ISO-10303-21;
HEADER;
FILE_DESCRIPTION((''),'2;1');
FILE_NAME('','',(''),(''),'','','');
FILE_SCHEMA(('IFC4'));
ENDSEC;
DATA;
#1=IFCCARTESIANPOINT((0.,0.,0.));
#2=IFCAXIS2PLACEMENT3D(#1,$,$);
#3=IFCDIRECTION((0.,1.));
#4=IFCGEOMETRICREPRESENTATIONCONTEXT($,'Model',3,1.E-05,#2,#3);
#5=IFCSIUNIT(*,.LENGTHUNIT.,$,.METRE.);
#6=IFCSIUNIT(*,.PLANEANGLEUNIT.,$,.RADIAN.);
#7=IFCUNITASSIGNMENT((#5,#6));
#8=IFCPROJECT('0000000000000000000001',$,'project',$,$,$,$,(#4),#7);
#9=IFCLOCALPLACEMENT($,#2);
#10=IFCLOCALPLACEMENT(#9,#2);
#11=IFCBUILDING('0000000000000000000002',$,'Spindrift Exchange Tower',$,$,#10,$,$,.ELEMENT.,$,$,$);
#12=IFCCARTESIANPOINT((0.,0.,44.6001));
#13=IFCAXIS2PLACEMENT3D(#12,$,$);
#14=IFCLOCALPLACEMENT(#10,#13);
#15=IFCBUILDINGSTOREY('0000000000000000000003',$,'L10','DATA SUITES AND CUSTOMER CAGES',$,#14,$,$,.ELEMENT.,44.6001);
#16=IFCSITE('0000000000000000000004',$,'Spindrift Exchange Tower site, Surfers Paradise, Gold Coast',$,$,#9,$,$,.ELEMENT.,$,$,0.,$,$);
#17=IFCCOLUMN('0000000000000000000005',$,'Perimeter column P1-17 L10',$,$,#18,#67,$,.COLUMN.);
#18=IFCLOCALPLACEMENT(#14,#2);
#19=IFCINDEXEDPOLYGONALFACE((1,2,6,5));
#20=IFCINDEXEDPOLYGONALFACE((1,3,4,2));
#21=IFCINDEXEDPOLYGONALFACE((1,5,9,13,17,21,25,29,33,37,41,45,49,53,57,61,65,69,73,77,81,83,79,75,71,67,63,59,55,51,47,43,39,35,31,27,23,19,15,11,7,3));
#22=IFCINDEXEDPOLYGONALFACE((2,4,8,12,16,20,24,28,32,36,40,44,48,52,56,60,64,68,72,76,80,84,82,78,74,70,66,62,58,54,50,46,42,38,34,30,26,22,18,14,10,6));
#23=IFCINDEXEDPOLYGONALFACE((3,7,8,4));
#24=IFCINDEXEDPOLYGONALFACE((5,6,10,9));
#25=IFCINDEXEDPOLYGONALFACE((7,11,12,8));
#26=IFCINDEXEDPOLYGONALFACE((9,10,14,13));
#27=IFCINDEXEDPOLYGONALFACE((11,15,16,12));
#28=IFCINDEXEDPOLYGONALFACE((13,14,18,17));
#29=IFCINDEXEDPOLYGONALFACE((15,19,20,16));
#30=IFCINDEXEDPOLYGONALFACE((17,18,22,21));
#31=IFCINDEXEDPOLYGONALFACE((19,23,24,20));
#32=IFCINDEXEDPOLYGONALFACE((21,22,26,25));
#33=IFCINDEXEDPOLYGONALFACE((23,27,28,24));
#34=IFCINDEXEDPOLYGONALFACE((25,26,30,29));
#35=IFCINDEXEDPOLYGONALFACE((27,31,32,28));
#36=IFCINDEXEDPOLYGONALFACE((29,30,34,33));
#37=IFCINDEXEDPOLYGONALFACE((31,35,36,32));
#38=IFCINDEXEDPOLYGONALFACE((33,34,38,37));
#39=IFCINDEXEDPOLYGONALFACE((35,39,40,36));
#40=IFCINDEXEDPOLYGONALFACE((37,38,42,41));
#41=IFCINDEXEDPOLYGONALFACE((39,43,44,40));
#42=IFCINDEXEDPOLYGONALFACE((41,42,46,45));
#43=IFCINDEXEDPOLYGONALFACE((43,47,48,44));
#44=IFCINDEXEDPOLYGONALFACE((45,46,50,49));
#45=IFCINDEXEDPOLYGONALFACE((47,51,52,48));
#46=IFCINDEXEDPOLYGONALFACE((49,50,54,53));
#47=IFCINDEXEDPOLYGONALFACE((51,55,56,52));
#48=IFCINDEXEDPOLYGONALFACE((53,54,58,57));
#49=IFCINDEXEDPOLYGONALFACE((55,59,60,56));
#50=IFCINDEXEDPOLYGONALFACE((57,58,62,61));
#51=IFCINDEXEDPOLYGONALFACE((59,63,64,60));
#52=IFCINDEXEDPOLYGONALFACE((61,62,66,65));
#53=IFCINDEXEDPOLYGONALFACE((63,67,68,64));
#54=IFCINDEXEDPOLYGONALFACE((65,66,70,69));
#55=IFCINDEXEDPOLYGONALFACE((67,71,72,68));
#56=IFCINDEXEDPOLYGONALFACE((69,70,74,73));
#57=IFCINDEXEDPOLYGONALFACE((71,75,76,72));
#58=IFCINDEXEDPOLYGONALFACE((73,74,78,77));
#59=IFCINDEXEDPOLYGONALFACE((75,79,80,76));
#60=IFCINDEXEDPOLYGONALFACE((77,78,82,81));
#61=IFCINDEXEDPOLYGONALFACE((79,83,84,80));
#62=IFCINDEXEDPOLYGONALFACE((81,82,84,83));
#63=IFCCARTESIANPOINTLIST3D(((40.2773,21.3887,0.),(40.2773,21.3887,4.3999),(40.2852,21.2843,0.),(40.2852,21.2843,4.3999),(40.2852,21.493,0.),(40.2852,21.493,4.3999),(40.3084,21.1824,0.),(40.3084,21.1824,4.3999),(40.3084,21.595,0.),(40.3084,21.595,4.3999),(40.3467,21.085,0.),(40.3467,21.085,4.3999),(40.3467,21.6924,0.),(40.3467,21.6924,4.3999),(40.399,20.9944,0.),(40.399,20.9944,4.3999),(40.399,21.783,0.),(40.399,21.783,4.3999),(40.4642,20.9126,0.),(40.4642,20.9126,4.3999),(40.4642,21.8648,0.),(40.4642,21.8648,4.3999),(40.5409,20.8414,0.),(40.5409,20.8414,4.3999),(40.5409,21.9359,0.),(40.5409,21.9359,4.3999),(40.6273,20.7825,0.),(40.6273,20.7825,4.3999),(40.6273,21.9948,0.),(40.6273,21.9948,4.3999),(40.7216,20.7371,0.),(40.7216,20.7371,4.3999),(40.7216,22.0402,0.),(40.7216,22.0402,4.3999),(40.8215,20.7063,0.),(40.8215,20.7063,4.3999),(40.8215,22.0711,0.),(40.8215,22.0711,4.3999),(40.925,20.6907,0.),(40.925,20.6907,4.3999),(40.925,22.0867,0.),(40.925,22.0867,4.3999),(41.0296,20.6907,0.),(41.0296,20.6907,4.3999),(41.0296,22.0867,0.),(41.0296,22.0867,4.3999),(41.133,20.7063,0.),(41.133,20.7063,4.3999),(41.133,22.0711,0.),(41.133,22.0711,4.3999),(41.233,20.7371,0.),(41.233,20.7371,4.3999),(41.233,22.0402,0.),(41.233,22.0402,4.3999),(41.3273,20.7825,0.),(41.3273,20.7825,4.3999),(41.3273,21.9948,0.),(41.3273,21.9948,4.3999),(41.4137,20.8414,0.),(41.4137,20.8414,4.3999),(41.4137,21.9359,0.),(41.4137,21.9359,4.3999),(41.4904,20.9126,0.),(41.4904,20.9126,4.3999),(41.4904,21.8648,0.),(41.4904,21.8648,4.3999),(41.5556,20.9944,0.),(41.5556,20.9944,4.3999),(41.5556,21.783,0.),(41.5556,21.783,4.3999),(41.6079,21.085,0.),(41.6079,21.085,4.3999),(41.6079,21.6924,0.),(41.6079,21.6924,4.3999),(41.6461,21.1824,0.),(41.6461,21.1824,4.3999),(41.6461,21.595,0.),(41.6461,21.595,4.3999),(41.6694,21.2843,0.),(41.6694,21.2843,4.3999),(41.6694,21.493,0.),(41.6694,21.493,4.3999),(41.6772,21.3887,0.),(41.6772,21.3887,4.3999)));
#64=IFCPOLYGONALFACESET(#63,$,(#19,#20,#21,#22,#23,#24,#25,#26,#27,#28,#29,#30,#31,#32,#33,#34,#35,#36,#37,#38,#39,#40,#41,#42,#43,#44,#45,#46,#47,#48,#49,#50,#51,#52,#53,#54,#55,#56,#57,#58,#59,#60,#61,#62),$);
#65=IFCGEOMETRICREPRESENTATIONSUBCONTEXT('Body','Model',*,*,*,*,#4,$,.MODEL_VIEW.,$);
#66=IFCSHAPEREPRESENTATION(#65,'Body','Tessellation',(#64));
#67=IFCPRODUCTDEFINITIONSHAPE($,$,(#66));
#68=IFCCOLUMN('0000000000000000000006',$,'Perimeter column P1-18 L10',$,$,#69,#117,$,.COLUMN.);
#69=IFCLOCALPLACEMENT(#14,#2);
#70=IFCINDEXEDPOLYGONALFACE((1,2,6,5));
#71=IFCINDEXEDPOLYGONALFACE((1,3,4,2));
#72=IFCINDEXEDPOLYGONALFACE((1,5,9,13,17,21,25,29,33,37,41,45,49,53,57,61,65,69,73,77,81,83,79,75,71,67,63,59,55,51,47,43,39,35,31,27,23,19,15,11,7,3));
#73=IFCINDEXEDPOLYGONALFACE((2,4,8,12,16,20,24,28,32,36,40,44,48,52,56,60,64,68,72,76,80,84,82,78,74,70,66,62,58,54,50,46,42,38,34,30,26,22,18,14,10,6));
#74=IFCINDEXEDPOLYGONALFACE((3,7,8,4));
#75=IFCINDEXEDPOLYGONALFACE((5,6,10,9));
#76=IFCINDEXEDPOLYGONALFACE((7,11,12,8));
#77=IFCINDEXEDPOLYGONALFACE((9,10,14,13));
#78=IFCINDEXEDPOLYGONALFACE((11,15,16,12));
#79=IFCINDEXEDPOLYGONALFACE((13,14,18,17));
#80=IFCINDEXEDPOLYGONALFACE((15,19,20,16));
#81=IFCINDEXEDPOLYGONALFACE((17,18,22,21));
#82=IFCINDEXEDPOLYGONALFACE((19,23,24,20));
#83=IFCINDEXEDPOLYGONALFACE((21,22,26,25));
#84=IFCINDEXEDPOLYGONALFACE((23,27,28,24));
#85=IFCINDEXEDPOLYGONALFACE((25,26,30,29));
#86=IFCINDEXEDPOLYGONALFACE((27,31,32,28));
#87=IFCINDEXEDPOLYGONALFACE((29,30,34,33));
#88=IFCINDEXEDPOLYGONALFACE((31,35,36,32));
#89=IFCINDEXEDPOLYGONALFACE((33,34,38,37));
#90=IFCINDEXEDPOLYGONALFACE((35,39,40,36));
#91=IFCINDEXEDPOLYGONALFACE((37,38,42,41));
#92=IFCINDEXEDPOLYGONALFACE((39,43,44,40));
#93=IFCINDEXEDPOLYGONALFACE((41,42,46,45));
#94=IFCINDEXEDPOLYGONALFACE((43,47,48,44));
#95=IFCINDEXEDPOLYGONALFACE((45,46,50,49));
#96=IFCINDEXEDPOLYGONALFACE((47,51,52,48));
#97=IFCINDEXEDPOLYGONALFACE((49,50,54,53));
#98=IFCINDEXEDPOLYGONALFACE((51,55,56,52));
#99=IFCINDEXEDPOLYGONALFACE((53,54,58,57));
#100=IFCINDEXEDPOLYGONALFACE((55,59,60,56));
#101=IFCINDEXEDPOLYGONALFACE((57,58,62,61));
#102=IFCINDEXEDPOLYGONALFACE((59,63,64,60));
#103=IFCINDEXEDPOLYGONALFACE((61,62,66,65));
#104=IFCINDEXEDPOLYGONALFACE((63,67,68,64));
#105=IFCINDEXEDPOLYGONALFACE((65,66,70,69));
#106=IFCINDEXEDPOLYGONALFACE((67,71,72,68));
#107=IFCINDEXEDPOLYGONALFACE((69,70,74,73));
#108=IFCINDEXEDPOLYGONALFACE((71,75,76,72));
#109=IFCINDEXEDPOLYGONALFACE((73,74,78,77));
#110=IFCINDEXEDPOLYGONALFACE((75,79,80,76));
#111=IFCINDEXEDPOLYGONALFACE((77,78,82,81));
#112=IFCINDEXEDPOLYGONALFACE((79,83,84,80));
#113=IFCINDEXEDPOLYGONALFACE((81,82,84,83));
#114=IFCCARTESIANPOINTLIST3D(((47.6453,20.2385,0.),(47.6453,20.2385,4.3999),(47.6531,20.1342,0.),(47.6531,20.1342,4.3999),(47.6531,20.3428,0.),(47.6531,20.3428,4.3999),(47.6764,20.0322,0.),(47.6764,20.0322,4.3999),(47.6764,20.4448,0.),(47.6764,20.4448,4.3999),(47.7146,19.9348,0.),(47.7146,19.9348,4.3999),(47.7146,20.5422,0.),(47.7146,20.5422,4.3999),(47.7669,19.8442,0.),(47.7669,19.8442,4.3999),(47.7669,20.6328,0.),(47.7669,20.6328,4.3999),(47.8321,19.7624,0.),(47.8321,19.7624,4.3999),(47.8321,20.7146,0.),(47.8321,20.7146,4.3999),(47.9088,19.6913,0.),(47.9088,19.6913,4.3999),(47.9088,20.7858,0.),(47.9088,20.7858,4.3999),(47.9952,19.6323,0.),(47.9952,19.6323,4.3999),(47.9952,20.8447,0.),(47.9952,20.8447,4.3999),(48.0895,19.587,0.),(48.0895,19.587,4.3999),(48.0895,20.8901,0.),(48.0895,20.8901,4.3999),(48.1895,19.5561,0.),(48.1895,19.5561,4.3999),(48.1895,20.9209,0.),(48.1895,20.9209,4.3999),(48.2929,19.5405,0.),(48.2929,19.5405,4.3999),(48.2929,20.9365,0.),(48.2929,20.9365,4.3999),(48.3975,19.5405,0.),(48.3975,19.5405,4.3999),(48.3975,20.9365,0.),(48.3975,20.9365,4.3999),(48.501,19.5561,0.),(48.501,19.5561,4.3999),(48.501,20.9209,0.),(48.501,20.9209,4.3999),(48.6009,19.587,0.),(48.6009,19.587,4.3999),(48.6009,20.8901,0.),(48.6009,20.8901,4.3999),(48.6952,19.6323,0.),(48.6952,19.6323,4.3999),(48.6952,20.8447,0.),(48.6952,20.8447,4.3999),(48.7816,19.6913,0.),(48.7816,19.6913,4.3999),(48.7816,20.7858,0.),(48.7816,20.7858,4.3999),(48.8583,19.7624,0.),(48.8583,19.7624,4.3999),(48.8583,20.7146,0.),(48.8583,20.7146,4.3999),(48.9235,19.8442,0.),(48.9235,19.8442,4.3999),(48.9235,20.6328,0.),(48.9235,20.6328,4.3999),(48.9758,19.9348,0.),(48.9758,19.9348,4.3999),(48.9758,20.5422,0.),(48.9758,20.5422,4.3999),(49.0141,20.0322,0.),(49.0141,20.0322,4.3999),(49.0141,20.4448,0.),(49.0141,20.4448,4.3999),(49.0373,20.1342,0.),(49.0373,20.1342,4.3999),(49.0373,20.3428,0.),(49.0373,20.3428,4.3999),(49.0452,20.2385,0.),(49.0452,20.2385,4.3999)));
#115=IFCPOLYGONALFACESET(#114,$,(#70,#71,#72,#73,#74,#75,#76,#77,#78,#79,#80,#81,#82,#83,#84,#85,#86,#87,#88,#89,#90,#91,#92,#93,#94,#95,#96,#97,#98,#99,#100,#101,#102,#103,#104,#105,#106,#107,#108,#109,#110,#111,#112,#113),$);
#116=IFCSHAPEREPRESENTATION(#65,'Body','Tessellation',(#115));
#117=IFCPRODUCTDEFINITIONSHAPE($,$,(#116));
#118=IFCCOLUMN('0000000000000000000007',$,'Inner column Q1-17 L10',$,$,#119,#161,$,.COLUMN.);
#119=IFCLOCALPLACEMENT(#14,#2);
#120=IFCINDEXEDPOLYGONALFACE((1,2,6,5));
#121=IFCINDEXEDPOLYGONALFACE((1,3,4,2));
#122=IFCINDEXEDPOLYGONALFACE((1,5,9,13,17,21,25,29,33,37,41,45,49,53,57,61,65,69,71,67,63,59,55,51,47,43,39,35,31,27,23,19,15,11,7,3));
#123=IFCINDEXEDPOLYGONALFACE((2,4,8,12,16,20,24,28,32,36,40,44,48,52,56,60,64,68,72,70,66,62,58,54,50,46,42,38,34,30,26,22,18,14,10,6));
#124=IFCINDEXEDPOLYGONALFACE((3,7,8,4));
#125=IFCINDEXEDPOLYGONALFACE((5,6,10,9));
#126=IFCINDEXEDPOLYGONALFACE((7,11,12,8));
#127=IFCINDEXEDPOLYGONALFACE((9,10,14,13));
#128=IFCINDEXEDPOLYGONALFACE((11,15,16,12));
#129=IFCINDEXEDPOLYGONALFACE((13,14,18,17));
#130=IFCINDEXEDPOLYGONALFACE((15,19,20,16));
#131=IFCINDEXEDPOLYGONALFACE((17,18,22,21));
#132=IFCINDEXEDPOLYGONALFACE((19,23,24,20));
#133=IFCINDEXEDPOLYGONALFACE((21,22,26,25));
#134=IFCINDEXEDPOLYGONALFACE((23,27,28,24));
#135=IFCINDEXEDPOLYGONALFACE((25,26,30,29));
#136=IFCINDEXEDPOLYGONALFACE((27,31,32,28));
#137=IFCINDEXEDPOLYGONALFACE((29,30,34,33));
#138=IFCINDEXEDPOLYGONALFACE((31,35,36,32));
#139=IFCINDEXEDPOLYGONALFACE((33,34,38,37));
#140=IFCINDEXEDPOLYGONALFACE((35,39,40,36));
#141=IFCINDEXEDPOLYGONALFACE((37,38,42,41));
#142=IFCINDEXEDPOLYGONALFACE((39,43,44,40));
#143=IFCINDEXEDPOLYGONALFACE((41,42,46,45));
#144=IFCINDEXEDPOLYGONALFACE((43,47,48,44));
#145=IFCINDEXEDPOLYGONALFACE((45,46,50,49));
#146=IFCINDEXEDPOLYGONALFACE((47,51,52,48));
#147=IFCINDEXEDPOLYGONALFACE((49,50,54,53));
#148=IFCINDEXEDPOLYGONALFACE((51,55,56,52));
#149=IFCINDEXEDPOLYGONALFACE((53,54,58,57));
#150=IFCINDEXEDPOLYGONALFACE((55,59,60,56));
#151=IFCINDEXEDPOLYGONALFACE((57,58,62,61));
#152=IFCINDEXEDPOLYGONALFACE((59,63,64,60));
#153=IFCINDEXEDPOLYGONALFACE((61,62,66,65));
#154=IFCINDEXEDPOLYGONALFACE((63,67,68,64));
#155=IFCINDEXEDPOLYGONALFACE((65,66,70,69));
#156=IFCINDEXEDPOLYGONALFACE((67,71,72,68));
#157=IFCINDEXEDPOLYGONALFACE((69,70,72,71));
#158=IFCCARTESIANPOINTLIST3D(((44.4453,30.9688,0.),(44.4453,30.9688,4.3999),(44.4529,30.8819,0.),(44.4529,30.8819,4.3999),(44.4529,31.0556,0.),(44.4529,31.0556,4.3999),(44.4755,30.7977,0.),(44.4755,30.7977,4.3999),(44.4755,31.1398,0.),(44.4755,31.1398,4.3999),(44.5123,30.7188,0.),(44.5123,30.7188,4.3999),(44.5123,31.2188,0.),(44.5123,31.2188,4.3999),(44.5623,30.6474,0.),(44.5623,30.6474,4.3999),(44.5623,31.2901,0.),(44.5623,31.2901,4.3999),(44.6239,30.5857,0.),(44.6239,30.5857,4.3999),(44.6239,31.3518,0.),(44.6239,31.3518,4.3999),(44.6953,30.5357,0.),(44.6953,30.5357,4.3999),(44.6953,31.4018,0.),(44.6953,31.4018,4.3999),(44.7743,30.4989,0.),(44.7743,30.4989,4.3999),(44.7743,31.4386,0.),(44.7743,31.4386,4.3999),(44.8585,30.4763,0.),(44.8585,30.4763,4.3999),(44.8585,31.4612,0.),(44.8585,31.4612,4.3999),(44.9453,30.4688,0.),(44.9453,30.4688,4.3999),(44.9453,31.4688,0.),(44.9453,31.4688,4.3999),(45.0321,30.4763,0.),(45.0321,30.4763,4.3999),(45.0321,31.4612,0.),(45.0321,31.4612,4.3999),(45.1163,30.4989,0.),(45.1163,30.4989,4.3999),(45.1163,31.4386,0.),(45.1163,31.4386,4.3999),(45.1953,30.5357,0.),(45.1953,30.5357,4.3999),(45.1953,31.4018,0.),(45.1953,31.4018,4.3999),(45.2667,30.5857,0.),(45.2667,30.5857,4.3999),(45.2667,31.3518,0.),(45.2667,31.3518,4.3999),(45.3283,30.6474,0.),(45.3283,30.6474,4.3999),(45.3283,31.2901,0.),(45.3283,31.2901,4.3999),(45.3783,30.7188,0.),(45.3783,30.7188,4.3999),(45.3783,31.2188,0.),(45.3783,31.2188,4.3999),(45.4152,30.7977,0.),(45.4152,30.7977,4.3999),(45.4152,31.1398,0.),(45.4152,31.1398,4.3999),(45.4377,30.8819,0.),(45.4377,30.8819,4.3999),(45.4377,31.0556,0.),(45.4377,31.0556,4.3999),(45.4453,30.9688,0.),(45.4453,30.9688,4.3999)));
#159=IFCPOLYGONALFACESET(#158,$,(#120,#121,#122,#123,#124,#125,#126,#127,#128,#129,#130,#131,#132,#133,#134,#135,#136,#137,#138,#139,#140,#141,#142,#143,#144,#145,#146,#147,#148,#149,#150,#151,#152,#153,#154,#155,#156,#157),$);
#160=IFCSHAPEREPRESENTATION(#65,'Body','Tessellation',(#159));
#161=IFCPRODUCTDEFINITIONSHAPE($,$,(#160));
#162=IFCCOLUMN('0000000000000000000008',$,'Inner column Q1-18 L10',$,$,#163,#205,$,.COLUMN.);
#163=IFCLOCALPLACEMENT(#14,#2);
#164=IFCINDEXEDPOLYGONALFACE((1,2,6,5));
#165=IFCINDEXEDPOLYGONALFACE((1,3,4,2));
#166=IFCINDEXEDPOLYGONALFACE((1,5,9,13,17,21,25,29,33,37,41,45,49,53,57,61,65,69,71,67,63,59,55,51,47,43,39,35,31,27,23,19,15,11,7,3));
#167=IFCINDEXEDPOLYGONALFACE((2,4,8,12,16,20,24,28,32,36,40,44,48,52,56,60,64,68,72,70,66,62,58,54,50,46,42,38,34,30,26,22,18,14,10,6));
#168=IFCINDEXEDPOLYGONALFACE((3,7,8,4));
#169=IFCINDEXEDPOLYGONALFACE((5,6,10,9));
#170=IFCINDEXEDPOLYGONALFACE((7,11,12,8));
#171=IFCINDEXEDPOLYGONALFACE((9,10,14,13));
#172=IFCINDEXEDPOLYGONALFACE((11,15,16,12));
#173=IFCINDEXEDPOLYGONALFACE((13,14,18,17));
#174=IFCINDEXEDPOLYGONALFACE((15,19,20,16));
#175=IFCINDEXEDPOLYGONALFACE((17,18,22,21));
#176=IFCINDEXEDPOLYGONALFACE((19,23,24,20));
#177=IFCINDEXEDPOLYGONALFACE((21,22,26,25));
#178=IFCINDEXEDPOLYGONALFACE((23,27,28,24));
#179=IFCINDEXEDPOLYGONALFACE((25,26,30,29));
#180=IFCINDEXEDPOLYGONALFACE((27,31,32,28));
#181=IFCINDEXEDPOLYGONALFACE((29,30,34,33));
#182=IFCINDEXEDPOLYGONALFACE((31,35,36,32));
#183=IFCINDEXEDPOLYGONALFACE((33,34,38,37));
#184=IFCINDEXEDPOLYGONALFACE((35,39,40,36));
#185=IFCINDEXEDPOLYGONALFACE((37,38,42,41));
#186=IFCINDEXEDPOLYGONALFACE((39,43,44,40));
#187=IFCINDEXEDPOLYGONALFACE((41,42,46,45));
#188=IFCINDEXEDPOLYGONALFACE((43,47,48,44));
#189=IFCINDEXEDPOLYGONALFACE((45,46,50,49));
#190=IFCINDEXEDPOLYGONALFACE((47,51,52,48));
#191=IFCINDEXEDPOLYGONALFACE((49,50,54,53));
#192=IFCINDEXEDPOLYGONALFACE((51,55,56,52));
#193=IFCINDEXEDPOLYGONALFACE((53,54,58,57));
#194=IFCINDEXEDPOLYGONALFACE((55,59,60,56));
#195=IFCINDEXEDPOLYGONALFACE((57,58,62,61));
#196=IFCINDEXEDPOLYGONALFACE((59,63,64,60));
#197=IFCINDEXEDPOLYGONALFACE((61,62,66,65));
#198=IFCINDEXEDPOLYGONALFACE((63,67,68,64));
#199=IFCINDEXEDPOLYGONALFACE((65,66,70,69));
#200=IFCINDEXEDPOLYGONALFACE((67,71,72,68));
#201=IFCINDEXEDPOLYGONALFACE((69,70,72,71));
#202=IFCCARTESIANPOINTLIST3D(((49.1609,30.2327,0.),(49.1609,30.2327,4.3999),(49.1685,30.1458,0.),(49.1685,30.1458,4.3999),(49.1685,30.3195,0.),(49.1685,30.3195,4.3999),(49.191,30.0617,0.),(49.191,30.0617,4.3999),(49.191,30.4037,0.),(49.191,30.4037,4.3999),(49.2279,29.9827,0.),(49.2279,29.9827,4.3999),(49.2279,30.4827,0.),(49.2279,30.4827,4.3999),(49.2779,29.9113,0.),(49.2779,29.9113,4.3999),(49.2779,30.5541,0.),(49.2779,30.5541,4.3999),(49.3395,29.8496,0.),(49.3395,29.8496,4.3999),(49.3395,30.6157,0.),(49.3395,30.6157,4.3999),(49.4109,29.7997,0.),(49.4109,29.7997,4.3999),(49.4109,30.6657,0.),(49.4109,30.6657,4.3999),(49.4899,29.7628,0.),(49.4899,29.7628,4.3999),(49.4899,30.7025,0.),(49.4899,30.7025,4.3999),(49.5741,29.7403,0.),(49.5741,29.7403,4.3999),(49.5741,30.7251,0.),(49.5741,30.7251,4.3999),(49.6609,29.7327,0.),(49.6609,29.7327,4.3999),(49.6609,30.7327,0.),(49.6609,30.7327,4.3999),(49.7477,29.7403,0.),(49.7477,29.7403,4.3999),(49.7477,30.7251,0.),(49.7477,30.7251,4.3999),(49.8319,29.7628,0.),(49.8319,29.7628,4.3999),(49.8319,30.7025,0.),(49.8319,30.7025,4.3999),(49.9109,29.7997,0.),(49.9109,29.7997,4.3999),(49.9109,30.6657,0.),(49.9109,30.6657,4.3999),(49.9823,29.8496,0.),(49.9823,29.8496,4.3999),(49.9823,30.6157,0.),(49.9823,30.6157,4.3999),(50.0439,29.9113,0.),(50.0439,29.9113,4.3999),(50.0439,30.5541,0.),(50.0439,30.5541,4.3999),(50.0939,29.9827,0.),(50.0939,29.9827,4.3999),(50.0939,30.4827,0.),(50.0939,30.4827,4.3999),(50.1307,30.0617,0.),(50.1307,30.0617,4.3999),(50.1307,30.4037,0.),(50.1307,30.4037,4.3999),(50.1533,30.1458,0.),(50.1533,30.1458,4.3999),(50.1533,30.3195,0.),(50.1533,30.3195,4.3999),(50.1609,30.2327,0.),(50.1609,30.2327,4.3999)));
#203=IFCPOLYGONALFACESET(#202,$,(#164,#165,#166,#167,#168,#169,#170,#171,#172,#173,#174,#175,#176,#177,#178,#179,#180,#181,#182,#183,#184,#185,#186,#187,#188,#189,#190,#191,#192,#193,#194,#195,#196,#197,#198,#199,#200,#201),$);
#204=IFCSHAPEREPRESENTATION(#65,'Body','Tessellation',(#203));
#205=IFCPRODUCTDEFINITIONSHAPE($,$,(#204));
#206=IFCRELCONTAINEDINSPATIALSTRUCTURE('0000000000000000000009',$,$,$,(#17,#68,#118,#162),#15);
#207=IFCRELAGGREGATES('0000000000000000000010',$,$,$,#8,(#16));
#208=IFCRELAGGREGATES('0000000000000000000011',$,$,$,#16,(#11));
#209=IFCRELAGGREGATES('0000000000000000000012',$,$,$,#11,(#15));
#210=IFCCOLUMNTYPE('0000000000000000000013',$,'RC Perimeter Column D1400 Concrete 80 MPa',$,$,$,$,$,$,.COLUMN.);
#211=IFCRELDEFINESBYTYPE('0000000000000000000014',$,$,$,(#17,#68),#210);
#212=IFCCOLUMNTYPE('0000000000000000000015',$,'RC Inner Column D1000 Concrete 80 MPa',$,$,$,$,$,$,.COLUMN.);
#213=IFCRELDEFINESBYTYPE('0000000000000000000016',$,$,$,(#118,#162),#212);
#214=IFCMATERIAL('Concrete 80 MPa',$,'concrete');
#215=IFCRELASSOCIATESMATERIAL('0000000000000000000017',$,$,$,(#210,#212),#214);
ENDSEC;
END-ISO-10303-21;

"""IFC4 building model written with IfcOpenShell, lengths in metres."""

from ifc_helpers import new_model, si_unit, direction, frame, origin, origin_2d, place, context, subcontext, project, spatial, circle, extrude, source, transform, mapped, material, material_profile, profile_set, type_object, element, save


model = new_model("IFC4")

# Units and contexts
model_context = context("Model", 3, precision=1e-05, world=origin(), true_north=direction((0.0, 1.0)))
body_context = subcontext(model_context, "Body", "Model", "MODEL_VIEW")
ifc_project = project(units=[si_unit("LENGTHUNIT", "METRE"), si_unit("PLANEANGLEUNIT", "RADIAN")], contexts=[model_context])

# Site, building, storey
site_placement = place(None, origin())
site = spatial("IfcSite", under=ifc_project, at=site_placement, Name="Spindrift Exchange Tower site, Surfers Paradise, Gold Coast", CompositionType="ELEMENT", RefElevation=0.0)
building_placement = place(site_placement, origin())
building = spatial("IfcBuilding", under=site, at=building_placement, Name="Spindrift Exchange Tower", CompositionType="ELEMENT")
storey_placement = place(building_placement, frame((0.0, 0.0, 44.6001)))
storey = spatial("IfcBuildingStorey", under=building, at=storey_placement, Name="L10", Description="DATA SUITES AND CUSTOMER CAGES", CompositionType="ELEMENT", Elevation=44.6001)

# Columns
ifc_material_1 = material(Name="Concrete 80 MPa", Category="concrete")
ifc_material_profile_1 = material_profile(ifc_material_1, circle(Radius=0.7, at=origin_2d()), Name="RC D1400")
ifc_profile_set_1 = profile_set([ifc_material_profile_1], Name="Concrete 80 MPa")
column_type_1 = type_object("IfcColumnType", Name="RC Perimeter Column D1400 Concrete 80 MPa", PredefinedType="COLUMN", material=ifc_profile_set_1)
shared_shape_1 = source(origin(), body_context, "Body", "SweptSolid", [
    extrude(circle(Radius=0.7, at=origin_2d()), origin(), (0.0, 0.0, 1.0), 4.3999),
])
for number, where, z_axis, x_axis, name in (
    (1, (40.9773, 21.3887, 0.0), (0.0, 0.0, 1.0), (1.0, 0.0, 0.0), "Perimeter column P1-17 L10"),
    (2, (48.3452, 20.2385, 0.0), (0.0, 0.0, 1.0), (1.0, 0.0, 0.0), "Perimeter column P1-18 L10"),
):
    element("IfcColumn", number, at=place(storey_placement, frame(where, z_axis=z_axis, x_axis=x_axis)), inside=storey, type_object=column_type_1, Name=name, PredefinedType="COLUMN", context=body_context, shape_type="MappedRepresentation", body=[
        mapped(shared_shape_1, transform((0.0, 0.0, 0.0), scale=1.0)),
    ])
ifc_material_profile_2 = material_profile(ifc_material_1, circle(Radius=0.5, at=origin_2d()), Name="RC D1000")
ifc_profile_set_2 = profile_set([ifc_material_profile_2], Name="Concrete 80 MPa")
column_type_2 = type_object("IfcColumnType", Name="RC Inner Column D1000 Concrete 80 MPa", PredefinedType="COLUMN", material=ifc_profile_set_2)
shared_shape_2 = source(origin(), body_context, "Body", "SweptSolid", [
    extrude(circle(Radius=0.5, at=origin_2d()), origin(), (0.0, 0.0, 1.0), 4.3999),
])
for number, where, z_axis, x_axis, name in (
    (3, (44.9453, 30.9688, 0.0), (0.0, 0.0, 1.0), (1.0, 0.0, 0.0), "Inner column Q1-17 L10"),
    (4, (49.6609, 30.2327, 0.0), (0.0, 0.0, 1.0), (1.0, 0.0, 0.0), "Inner column Q1-18 L10"),
):
    element("IfcColumn", number, at=place(storey_placement, frame(where, z_axis=z_axis, x_axis=x_axis)), inside=storey, type_object=column_type_2, Name=name, PredefinedType="COLUMN", context=body_context, shape_type="MappedRepresentation", body=[
        mapped(shared_shape_2, transform((0.0, 0.0, 0.0), scale=1.0)),
    ])

save(model, "model.ifc")
